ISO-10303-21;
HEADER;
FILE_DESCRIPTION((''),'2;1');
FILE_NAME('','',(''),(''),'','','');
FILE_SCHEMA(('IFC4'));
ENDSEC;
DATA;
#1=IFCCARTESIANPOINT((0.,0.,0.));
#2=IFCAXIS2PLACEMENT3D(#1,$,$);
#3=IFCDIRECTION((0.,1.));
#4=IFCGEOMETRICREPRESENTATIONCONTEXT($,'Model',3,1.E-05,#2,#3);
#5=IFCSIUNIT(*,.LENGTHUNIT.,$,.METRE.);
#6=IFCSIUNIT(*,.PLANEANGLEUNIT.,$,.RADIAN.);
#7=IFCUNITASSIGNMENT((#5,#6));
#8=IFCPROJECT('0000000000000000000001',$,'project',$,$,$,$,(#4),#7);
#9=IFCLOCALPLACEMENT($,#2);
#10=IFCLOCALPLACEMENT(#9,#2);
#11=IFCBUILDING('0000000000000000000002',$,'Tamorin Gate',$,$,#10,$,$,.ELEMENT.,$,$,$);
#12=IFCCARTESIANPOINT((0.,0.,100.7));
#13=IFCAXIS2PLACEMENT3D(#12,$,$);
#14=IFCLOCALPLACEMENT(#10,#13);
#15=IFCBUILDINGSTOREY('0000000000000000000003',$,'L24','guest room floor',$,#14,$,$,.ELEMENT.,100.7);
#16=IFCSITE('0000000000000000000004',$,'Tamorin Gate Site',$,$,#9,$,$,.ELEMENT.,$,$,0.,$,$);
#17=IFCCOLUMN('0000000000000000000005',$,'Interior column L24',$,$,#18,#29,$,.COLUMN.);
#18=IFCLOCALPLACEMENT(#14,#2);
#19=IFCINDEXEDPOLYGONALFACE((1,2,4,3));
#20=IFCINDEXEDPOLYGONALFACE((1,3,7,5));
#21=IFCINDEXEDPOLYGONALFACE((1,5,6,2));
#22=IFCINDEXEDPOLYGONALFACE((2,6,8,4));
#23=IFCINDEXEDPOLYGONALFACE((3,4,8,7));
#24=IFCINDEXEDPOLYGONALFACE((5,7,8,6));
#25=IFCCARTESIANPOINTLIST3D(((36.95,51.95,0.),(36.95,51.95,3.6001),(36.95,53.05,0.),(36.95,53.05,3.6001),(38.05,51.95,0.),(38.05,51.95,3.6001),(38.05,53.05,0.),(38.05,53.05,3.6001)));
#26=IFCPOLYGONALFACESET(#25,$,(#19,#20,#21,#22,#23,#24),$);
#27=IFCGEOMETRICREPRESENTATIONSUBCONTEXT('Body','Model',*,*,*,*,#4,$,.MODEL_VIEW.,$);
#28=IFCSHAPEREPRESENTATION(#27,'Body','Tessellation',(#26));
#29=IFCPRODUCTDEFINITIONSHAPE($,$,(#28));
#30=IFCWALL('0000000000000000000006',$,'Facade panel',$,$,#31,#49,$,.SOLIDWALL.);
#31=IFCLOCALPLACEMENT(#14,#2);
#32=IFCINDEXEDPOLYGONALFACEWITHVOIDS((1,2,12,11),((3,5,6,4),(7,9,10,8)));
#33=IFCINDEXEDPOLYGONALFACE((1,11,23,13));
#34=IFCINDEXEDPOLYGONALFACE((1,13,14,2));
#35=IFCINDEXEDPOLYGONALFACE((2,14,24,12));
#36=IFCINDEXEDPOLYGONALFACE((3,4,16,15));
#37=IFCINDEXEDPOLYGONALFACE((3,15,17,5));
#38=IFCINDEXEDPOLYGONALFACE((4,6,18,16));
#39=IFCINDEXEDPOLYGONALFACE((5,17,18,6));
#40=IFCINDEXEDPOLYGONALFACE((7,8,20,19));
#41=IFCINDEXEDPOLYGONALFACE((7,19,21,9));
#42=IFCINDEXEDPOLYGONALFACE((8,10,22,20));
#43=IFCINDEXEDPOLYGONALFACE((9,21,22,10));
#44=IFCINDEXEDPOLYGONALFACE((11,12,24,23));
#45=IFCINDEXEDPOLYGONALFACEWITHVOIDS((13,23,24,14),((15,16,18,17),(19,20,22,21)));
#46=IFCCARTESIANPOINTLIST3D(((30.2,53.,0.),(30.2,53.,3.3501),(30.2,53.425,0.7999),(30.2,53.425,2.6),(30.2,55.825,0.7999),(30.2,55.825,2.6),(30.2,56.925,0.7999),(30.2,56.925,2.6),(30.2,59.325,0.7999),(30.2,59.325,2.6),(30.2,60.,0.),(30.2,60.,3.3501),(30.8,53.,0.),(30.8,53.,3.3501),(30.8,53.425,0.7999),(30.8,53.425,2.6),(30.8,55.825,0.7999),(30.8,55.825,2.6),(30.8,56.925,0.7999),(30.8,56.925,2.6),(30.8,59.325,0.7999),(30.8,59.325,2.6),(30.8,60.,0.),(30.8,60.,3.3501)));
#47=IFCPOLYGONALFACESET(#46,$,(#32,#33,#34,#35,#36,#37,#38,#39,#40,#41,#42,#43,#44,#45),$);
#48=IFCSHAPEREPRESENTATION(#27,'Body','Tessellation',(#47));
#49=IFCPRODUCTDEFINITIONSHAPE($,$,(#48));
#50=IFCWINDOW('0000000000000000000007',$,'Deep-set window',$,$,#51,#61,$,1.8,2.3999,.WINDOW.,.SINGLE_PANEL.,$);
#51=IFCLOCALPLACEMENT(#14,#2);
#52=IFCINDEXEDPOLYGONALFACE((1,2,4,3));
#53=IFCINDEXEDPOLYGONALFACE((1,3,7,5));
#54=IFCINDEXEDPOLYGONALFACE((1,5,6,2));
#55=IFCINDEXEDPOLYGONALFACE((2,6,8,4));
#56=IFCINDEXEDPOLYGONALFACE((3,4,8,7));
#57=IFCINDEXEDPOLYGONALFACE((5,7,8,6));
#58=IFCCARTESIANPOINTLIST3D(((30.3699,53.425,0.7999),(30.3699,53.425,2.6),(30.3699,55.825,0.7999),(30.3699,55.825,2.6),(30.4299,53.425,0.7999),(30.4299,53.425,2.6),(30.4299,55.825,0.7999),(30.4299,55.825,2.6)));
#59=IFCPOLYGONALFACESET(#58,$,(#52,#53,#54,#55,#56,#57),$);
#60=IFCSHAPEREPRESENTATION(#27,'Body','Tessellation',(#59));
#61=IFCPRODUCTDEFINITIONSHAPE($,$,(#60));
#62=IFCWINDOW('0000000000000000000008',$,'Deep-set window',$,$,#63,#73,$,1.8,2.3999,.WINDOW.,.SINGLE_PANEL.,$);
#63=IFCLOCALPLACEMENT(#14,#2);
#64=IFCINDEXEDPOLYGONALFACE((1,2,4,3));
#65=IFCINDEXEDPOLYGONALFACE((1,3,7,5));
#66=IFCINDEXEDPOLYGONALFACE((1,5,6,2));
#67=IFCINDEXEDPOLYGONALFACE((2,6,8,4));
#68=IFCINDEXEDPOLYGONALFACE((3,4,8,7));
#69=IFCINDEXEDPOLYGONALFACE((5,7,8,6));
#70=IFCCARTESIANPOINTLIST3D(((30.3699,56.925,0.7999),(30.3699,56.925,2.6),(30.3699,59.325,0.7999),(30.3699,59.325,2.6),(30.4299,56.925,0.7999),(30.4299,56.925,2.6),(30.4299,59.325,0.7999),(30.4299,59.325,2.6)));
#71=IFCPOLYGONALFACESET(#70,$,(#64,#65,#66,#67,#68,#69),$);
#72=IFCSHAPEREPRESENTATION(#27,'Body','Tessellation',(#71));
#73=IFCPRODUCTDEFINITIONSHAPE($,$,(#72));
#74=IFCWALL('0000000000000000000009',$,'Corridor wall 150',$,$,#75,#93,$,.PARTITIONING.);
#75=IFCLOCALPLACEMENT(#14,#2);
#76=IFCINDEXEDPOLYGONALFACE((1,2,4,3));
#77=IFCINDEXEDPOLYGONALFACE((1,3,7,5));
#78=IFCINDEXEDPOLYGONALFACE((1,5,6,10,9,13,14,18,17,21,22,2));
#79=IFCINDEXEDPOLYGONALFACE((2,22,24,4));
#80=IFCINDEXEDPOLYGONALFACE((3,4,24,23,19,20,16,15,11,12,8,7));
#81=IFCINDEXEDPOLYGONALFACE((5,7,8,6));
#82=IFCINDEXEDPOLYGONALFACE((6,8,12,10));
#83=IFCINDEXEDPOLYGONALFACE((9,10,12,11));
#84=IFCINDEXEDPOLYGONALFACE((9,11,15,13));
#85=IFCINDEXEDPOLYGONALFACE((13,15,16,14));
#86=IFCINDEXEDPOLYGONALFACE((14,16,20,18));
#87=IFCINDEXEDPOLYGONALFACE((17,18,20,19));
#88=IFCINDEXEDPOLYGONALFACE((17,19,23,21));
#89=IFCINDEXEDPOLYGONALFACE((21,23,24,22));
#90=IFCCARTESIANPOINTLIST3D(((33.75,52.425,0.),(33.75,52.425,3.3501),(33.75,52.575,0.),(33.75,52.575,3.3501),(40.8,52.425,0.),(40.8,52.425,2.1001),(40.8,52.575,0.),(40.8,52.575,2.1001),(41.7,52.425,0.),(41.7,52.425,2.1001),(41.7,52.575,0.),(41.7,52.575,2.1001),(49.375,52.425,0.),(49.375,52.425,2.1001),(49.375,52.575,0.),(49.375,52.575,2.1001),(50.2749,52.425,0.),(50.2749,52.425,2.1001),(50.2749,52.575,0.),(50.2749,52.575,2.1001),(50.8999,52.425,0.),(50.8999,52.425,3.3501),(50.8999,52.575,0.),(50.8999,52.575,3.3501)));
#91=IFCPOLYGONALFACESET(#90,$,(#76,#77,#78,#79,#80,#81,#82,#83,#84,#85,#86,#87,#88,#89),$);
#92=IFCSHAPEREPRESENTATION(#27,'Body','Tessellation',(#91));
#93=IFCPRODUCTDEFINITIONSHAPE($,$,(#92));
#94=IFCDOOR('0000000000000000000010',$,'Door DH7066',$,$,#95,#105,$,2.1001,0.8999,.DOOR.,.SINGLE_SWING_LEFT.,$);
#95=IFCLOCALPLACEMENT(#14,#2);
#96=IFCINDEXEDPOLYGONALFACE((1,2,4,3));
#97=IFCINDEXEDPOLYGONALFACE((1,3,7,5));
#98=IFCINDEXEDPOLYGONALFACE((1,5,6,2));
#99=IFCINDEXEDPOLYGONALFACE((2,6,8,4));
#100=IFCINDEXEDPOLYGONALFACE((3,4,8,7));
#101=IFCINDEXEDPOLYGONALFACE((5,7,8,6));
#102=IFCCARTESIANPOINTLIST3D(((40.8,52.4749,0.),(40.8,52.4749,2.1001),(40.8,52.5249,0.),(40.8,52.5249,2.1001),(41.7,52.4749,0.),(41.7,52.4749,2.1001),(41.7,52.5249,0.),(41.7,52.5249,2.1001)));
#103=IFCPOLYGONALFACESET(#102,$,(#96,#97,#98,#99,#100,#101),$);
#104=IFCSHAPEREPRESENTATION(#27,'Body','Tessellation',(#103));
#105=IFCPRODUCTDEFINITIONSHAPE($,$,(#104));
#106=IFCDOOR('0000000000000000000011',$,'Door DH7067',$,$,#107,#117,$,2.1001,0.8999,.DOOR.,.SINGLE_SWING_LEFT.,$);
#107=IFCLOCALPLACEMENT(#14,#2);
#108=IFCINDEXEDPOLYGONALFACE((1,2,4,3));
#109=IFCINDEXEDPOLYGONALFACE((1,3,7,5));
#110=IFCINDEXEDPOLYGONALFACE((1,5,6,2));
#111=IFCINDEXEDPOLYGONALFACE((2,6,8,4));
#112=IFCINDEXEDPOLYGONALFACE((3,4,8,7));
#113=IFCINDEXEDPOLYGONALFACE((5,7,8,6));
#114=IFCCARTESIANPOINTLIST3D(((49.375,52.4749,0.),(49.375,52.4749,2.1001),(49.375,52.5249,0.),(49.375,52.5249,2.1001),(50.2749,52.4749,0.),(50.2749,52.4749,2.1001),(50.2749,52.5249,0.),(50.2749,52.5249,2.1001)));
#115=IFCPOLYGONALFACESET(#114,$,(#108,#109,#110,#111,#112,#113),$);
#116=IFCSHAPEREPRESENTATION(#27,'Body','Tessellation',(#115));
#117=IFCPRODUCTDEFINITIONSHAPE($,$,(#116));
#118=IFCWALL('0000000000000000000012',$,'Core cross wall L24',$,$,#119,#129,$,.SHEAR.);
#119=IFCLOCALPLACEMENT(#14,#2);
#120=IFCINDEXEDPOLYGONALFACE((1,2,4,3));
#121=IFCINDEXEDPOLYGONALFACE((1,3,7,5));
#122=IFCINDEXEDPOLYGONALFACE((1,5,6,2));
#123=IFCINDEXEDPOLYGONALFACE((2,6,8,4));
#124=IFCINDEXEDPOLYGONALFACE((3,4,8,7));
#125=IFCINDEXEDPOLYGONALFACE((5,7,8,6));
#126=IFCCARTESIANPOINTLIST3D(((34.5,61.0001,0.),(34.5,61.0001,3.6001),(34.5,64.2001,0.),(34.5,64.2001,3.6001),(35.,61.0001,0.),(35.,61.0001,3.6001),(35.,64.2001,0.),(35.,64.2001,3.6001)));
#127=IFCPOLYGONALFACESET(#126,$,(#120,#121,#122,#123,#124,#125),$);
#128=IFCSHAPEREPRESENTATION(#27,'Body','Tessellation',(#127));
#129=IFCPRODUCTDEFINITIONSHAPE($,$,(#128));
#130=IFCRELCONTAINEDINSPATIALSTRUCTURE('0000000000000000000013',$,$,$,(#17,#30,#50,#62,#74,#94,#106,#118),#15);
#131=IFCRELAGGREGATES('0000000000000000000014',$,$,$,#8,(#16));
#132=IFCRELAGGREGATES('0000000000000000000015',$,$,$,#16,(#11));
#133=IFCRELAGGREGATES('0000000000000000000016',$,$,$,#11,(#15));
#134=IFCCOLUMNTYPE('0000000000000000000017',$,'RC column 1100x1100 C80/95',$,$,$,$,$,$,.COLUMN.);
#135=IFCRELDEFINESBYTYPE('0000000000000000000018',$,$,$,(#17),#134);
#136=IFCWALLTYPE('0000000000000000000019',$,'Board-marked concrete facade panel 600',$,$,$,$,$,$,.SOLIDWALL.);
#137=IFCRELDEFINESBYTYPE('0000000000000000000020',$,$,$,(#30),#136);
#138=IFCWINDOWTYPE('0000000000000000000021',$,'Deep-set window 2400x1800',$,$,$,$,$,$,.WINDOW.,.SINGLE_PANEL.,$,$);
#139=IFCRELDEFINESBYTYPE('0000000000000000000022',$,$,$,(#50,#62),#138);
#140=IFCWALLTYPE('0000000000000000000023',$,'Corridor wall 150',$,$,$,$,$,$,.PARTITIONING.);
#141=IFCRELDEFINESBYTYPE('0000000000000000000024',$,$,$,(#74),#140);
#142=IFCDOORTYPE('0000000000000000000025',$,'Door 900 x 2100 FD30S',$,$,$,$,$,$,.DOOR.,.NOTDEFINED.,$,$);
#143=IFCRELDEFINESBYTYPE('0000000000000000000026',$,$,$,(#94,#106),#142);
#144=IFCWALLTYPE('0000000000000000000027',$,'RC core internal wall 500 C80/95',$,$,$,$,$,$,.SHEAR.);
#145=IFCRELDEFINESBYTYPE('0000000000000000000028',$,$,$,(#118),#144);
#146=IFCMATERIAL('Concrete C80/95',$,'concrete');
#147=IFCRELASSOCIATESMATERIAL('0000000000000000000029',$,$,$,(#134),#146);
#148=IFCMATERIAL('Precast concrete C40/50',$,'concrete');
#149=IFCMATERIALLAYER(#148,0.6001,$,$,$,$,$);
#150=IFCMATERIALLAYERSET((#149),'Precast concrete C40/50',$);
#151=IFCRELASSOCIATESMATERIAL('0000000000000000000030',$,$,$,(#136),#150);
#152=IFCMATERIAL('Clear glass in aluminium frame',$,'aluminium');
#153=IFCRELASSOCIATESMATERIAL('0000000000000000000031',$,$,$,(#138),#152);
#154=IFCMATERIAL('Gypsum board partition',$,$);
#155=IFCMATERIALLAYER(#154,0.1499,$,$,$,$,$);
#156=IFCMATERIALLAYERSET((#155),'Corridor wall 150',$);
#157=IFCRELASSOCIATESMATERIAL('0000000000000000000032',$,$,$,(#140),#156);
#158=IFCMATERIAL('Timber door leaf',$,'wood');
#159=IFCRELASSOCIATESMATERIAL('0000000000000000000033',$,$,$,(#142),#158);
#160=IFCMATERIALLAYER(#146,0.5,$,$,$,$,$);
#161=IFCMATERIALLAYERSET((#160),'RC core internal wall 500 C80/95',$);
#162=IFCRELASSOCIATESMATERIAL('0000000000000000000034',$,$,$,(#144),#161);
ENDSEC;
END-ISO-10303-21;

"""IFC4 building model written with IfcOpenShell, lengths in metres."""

from ifc_helpers import new_model, si_unit, direction, frame, frame_2d, origin, origin_2d, place, context, subcontext, project, spatial, rectangle, extrude, material, layer, layer_set, material_profile, profile_set, type_object, element, fill, save


model = new_model("IFC4")

# Units and contexts
model_context = context("Model", 3, precision=1e-05, world=origin(), true_north=direction((0.0, 1.0)))
body_context = subcontext(model_context, "Body", "Model", "MODEL_VIEW")
ifc_project = project(units=[si_unit("LENGTHUNIT", "METRE"), si_unit("PLANEANGLEUNIT", "RADIAN")], contexts=[model_context])

# Site, building, storey
site_placement = place(None, origin())
site = spatial("IfcSite", under=ifc_project, at=site_placement, Name="Tamorin Gate Site", CompositionType="ELEMENT", RefElevation=0.0)
building_placement = place(site_placement, origin())
building = spatial("IfcBuilding", under=site, at=building_placement, Name="Tamorin Gate", CompositionType="ELEMENT")
storey_placement = place(building_placement, frame((0.0, 0.0, 100.7)))
storey = spatial("IfcBuildingStorey", under=building, at=storey_placement, Name="L24", Description="guest room floor", CompositionType="ELEMENT", Elevation=100.7)

# Column
ifc_material_1 = material(Name="Concrete C80/95", Category="concrete")
ifc_material_profile = material_profile(ifc_material_1, rectangle(XDim=1.1001, YDim=1.1001, at=origin_2d()), Name="RC 1100x1100")
ifc_profile_set = profile_set([ifc_material_profile], Name="Concrete C80/95")
column_type = type_object("IfcColumnType", Name="RC column 1100x1100 C80/95", PredefinedType="COLUMN", material=ifc_profile_set)
column_placement = place(storey_placement, frame((37.5, 52.5, 0.0), z_axis=(0.0, 0.0, 1.0), x_axis=(1.0, 0.0, 0.0)))
element("IfcColumn", 1, at=column_placement, inside=storey, type_object=column_type, Name="Interior column L24", PredefinedType="COLUMN", context=body_context, shape_type="SweptSolid", body=[
    extrude(rectangle(XDim=1.1001, YDim=1.1001, at=origin_2d()), origin(), (0.0, 0.0, 1.0), 3.6001),
])

# Wall, openings, windows
ifc_material_2 = material(Name="Precast concrete C40/50", Category="concrete")
ifc_layer_1 = layer(ifc_material_2, 0.6001)
ifc_layer_set_1 = layer_set([ifc_layer_1], Name="Precast concrete C40/50")
wall_type_1 = type_object("IfcWallType", Name="Board-marked concrete facade panel 600", PredefinedType="SOLIDWALL", material=ifc_layer_set_1)
wall_1_placement = place(storey_placement, frame((30.5, 60.0, 0.0), z_axis=(0.0, 0.0, 1.0), x_axis=(0.0, -1.0, 0.0)))
wall_1 = element("IfcWall", 2, at=wall_1_placement, inside=storey, type_object=wall_type_1, Name="Facade panel", PredefinedType="SOLIDWALL", context=body_context, shape_type="SweptSolid", body=[
    extrude(rectangle(XDim=7.0, YDim=0.6001, at=frame_2d((3.5, 0.0))), origin(), (0.0, 0.0, 1.0), 3.3501),
])
opening_1_placement = place(wall_1_placement, frame((4.175, 0.0, 0.8)))
opening_1 = element("IfcOpeningElement", 3, at=opening_1_placement, cuts=wall_1, PredefinedType="OPENING", context=body_context, shape_type="SweptSolid", body=[
    extrude(rectangle(XDim=2.3999, YDim=1.8, at=frame_2d((1.2, 0.8999))), frame((0.0, 0.3101, 0.0), z_axis=(0.0, -1.0, 0.0), x_axis=(1.0, 0.0, 0.0)), (0.0, 0.0, 1.0), 0.6201),
])
opening_2_placement = place(wall_1_placement, frame((0.675, 0.0, 0.8)))
opening_2 = element("IfcOpeningElement", 4, at=opening_2_placement, cuts=wall_1, PredefinedType="OPENING", context=body_context, shape_type="SweptSolid", body=[
    extrude(rectangle(XDim=2.3999, YDim=1.8, at=frame_2d((1.2, 0.8999))), frame((0.0, 0.3101, 0.0), z_axis=(0.0, -1.0, 0.0), x_axis=(1.0, 0.0, 0.0)), (0.0, 0.0, 1.0), 0.6201),
])
ifc_material_3 = material(Name="Clear glass in aluminium frame", Category="aluminium")
window_type = type_object("IfcWindowType", Name="Deep-set window 2400x1800", PartitioningType="SINGLE_PANEL", PredefinedType="WINDOW", material=ifc_material_3)
window_1_placement = place(opening_1_placement, origin())
window_1 = element("IfcWindow", 5, at=window_1_placement, inside=storey, type_object=window_type, Name="Deep-set window", OverallHeight=1.8, OverallWidth=2.3999, PartitioningType="SINGLE_PANEL", PredefinedType="WINDOW", context=body_context, shape_type="SweptSolid", body=[
    extrude(rectangle(XDim=2.3999, YDim=1.8, at=frame_2d((1.2, 0.8999))), frame((0.0, -0.0701, 0.0), z_axis=(0.0, -1.0, 0.0), x_axis=(1.0, 0.0, 0.0)), (0.0, 0.0, 1.0), 0.0601),
])
fill(opening_1, window_1)
window_2_placement = place(opening_2_placement, origin())
window_2 = element("IfcWindow", 6, at=window_2_placement, inside=storey, type_object=window_type, Name="Deep-set window", OverallHeight=1.8, OverallWidth=2.3999, PartitioningType="SINGLE_PANEL", PredefinedType="WINDOW", context=body_context, shape_type="SweptSolid", body=[
    extrude(rectangle(XDim=2.3999, YDim=1.8, at=frame_2d((1.2, 0.8999))), frame((0.0, -0.0701, 0.0), z_axis=(0.0, -1.0, 0.0), x_axis=(1.0, 0.0, 0.0)), (0.0, 0.0, 1.0), 0.0601),
])
fill(opening_2, window_2)

# Wall, openings, doors
ifc_material_4 = material(Name="Gypsum board partition")
ifc_layer_2 = layer(ifc_material_4, 0.1499)
ifc_layer_set_2 = layer_set([ifc_layer_2], Name="Corridor wall 150")
wall_type_2 = type_object("IfcWallType", Name="Corridor wall 150", PredefinedType="PARTITIONING", material=ifc_layer_set_2)
wall_2_placement = place(storey_placement, frame((33.75, 52.5, 0.0), z_axis=(0.0, 0.0, 1.0), x_axis=(1.0, 0.0, 0.0)))
wall_2 = element("IfcWall", 7, at=wall_2_placement, inside=storey, type_object=wall_type_2, Name="Corridor wall 150", PredefinedType="PARTITIONING", context=body_context, shape_type="SweptSolid", body=[
    extrude(rectangle(XDim=17.1499, YDim=0.1499, at=frame_2d((8.575, 0.0))), origin(), (0.0, 0.0, 1.0), 3.3501),
])
opening_3_placement = place(wall_2_placement, frame((7.05, 0.0, 0.0)))
opening_3 = element("IfcOpeningElement", 8, at=opening_3_placement, cuts=wall_2, PredefinedType="OPENING", context=body_context, shape_type="SweptSolid", body=[
    extrude(rectangle(XDim=0.8999, YDim=2.1001, at=frame_2d((0.45, 1.05))), frame((0.0, 0.085, 0.0), z_axis=(0.0, -1.0, 0.0), x_axis=(1.0, 0.0, 0.0)), (0.0, 0.0, 1.0), 0.1699),
])
opening_4_placement = place(wall_2_placement, frame((15.625, 0.0, 0.0)))
opening_4 = element("IfcOpeningElement", 9, at=opening_4_placement, cuts=wall_2, PredefinedType="OPENING", context=body_context, shape_type="SweptSolid", body=[
    extrude(rectangle(XDim=0.8999, YDim=2.1001, at=frame_2d((0.45, 1.05))), frame((0.0, 0.085, 0.0), z_axis=(0.0, -1.0, 0.0), x_axis=(1.0, 0.0, 0.0)), (0.0, 0.0, 1.0), 0.1699),
])
ifc_material_5 = material(Name="Timber door leaf", Category="wood")
door_type_1 = type_object("IfcDoorType", Name="Door 900 x 2100 FD30S", OperationType="NOTDEFINED", PredefinedType="DOOR", material=ifc_material_5)
door_1_placement = place(opening_3_placement, origin())
door_1 = element("IfcDoor", 10, at=door_1_placement, inside=storey, type_object=door_type_1, Name="Door DH7066", OperationType="SINGLE_SWING_LEFT", OverallHeight=2.1001, OverallWidth=0.8999, PredefinedType="DOOR", context=body_context, shape_type="SweptSolid", body=[
    extrude(rectangle(XDim=0.8999, YDim=2.1001, at=frame_2d((0.45, 1.05))), frame((0.0, 0.0249, 0.0), z_axis=(0.0, -1.0, 0.0), x_axis=(1.0, 0.0, 0.0)), (0.0, 0.0, 1.0), 0.05),
])
fill(opening_3, door_1)
door_2_placement = place(opening_4_placement, origin())
door_2 = element("IfcDoor", 11, at=door_2_placement, inside=storey, type_object=door_type_1, Name="Door DH7067", OperationType="SINGLE_SWING_LEFT", OverallHeight=2.1001, OverallWidth=0.8999, PredefinedType="DOOR", context=body_context, shape_type="SweptSolid", body=[
    extrude(rectangle(XDim=0.8999, YDim=2.1001, at=frame_2d((0.45, 1.05))), frame((0.0, 0.0249, 0.0), z_axis=(0.0, -1.0, 0.0), x_axis=(1.0, 0.0, 0.0)), (0.0, 0.0, 1.0), 0.05),
])
fill(opening_4, door_2)

# Wall
ifc_layer_3 = layer(ifc_material_1, 0.5)
ifc_layer_set_3 = layer_set([ifc_layer_3], Name="RC core internal wall 500 C80/95")
wall_type_3 = type_object("IfcWallType", Name="RC core internal wall 500 C80/95", PredefinedType="SHEAR", material=ifc_layer_set_3)
wall_3_placement = place(storey_placement, frame((34.75, 61.0, 0.0), z_axis=(0.0, 0.0, 1.0), x_axis=(0.0, 1.0, 0.0)))
element("IfcWall", 12, at=wall_3_placement, inside=storey, type_object=wall_type_3, Name="Core cross wall L24", PredefinedType="SHEAR", context=body_context, shape_type="SweptSolid", body=[
    extrude(rectangle(XDim=3.2, YDim=0.5, at=frame_2d((1.6001, 0.0))), origin(), (0.0, 0.0, 1.0), 3.6001),
])

save(model, "model.ifc")
